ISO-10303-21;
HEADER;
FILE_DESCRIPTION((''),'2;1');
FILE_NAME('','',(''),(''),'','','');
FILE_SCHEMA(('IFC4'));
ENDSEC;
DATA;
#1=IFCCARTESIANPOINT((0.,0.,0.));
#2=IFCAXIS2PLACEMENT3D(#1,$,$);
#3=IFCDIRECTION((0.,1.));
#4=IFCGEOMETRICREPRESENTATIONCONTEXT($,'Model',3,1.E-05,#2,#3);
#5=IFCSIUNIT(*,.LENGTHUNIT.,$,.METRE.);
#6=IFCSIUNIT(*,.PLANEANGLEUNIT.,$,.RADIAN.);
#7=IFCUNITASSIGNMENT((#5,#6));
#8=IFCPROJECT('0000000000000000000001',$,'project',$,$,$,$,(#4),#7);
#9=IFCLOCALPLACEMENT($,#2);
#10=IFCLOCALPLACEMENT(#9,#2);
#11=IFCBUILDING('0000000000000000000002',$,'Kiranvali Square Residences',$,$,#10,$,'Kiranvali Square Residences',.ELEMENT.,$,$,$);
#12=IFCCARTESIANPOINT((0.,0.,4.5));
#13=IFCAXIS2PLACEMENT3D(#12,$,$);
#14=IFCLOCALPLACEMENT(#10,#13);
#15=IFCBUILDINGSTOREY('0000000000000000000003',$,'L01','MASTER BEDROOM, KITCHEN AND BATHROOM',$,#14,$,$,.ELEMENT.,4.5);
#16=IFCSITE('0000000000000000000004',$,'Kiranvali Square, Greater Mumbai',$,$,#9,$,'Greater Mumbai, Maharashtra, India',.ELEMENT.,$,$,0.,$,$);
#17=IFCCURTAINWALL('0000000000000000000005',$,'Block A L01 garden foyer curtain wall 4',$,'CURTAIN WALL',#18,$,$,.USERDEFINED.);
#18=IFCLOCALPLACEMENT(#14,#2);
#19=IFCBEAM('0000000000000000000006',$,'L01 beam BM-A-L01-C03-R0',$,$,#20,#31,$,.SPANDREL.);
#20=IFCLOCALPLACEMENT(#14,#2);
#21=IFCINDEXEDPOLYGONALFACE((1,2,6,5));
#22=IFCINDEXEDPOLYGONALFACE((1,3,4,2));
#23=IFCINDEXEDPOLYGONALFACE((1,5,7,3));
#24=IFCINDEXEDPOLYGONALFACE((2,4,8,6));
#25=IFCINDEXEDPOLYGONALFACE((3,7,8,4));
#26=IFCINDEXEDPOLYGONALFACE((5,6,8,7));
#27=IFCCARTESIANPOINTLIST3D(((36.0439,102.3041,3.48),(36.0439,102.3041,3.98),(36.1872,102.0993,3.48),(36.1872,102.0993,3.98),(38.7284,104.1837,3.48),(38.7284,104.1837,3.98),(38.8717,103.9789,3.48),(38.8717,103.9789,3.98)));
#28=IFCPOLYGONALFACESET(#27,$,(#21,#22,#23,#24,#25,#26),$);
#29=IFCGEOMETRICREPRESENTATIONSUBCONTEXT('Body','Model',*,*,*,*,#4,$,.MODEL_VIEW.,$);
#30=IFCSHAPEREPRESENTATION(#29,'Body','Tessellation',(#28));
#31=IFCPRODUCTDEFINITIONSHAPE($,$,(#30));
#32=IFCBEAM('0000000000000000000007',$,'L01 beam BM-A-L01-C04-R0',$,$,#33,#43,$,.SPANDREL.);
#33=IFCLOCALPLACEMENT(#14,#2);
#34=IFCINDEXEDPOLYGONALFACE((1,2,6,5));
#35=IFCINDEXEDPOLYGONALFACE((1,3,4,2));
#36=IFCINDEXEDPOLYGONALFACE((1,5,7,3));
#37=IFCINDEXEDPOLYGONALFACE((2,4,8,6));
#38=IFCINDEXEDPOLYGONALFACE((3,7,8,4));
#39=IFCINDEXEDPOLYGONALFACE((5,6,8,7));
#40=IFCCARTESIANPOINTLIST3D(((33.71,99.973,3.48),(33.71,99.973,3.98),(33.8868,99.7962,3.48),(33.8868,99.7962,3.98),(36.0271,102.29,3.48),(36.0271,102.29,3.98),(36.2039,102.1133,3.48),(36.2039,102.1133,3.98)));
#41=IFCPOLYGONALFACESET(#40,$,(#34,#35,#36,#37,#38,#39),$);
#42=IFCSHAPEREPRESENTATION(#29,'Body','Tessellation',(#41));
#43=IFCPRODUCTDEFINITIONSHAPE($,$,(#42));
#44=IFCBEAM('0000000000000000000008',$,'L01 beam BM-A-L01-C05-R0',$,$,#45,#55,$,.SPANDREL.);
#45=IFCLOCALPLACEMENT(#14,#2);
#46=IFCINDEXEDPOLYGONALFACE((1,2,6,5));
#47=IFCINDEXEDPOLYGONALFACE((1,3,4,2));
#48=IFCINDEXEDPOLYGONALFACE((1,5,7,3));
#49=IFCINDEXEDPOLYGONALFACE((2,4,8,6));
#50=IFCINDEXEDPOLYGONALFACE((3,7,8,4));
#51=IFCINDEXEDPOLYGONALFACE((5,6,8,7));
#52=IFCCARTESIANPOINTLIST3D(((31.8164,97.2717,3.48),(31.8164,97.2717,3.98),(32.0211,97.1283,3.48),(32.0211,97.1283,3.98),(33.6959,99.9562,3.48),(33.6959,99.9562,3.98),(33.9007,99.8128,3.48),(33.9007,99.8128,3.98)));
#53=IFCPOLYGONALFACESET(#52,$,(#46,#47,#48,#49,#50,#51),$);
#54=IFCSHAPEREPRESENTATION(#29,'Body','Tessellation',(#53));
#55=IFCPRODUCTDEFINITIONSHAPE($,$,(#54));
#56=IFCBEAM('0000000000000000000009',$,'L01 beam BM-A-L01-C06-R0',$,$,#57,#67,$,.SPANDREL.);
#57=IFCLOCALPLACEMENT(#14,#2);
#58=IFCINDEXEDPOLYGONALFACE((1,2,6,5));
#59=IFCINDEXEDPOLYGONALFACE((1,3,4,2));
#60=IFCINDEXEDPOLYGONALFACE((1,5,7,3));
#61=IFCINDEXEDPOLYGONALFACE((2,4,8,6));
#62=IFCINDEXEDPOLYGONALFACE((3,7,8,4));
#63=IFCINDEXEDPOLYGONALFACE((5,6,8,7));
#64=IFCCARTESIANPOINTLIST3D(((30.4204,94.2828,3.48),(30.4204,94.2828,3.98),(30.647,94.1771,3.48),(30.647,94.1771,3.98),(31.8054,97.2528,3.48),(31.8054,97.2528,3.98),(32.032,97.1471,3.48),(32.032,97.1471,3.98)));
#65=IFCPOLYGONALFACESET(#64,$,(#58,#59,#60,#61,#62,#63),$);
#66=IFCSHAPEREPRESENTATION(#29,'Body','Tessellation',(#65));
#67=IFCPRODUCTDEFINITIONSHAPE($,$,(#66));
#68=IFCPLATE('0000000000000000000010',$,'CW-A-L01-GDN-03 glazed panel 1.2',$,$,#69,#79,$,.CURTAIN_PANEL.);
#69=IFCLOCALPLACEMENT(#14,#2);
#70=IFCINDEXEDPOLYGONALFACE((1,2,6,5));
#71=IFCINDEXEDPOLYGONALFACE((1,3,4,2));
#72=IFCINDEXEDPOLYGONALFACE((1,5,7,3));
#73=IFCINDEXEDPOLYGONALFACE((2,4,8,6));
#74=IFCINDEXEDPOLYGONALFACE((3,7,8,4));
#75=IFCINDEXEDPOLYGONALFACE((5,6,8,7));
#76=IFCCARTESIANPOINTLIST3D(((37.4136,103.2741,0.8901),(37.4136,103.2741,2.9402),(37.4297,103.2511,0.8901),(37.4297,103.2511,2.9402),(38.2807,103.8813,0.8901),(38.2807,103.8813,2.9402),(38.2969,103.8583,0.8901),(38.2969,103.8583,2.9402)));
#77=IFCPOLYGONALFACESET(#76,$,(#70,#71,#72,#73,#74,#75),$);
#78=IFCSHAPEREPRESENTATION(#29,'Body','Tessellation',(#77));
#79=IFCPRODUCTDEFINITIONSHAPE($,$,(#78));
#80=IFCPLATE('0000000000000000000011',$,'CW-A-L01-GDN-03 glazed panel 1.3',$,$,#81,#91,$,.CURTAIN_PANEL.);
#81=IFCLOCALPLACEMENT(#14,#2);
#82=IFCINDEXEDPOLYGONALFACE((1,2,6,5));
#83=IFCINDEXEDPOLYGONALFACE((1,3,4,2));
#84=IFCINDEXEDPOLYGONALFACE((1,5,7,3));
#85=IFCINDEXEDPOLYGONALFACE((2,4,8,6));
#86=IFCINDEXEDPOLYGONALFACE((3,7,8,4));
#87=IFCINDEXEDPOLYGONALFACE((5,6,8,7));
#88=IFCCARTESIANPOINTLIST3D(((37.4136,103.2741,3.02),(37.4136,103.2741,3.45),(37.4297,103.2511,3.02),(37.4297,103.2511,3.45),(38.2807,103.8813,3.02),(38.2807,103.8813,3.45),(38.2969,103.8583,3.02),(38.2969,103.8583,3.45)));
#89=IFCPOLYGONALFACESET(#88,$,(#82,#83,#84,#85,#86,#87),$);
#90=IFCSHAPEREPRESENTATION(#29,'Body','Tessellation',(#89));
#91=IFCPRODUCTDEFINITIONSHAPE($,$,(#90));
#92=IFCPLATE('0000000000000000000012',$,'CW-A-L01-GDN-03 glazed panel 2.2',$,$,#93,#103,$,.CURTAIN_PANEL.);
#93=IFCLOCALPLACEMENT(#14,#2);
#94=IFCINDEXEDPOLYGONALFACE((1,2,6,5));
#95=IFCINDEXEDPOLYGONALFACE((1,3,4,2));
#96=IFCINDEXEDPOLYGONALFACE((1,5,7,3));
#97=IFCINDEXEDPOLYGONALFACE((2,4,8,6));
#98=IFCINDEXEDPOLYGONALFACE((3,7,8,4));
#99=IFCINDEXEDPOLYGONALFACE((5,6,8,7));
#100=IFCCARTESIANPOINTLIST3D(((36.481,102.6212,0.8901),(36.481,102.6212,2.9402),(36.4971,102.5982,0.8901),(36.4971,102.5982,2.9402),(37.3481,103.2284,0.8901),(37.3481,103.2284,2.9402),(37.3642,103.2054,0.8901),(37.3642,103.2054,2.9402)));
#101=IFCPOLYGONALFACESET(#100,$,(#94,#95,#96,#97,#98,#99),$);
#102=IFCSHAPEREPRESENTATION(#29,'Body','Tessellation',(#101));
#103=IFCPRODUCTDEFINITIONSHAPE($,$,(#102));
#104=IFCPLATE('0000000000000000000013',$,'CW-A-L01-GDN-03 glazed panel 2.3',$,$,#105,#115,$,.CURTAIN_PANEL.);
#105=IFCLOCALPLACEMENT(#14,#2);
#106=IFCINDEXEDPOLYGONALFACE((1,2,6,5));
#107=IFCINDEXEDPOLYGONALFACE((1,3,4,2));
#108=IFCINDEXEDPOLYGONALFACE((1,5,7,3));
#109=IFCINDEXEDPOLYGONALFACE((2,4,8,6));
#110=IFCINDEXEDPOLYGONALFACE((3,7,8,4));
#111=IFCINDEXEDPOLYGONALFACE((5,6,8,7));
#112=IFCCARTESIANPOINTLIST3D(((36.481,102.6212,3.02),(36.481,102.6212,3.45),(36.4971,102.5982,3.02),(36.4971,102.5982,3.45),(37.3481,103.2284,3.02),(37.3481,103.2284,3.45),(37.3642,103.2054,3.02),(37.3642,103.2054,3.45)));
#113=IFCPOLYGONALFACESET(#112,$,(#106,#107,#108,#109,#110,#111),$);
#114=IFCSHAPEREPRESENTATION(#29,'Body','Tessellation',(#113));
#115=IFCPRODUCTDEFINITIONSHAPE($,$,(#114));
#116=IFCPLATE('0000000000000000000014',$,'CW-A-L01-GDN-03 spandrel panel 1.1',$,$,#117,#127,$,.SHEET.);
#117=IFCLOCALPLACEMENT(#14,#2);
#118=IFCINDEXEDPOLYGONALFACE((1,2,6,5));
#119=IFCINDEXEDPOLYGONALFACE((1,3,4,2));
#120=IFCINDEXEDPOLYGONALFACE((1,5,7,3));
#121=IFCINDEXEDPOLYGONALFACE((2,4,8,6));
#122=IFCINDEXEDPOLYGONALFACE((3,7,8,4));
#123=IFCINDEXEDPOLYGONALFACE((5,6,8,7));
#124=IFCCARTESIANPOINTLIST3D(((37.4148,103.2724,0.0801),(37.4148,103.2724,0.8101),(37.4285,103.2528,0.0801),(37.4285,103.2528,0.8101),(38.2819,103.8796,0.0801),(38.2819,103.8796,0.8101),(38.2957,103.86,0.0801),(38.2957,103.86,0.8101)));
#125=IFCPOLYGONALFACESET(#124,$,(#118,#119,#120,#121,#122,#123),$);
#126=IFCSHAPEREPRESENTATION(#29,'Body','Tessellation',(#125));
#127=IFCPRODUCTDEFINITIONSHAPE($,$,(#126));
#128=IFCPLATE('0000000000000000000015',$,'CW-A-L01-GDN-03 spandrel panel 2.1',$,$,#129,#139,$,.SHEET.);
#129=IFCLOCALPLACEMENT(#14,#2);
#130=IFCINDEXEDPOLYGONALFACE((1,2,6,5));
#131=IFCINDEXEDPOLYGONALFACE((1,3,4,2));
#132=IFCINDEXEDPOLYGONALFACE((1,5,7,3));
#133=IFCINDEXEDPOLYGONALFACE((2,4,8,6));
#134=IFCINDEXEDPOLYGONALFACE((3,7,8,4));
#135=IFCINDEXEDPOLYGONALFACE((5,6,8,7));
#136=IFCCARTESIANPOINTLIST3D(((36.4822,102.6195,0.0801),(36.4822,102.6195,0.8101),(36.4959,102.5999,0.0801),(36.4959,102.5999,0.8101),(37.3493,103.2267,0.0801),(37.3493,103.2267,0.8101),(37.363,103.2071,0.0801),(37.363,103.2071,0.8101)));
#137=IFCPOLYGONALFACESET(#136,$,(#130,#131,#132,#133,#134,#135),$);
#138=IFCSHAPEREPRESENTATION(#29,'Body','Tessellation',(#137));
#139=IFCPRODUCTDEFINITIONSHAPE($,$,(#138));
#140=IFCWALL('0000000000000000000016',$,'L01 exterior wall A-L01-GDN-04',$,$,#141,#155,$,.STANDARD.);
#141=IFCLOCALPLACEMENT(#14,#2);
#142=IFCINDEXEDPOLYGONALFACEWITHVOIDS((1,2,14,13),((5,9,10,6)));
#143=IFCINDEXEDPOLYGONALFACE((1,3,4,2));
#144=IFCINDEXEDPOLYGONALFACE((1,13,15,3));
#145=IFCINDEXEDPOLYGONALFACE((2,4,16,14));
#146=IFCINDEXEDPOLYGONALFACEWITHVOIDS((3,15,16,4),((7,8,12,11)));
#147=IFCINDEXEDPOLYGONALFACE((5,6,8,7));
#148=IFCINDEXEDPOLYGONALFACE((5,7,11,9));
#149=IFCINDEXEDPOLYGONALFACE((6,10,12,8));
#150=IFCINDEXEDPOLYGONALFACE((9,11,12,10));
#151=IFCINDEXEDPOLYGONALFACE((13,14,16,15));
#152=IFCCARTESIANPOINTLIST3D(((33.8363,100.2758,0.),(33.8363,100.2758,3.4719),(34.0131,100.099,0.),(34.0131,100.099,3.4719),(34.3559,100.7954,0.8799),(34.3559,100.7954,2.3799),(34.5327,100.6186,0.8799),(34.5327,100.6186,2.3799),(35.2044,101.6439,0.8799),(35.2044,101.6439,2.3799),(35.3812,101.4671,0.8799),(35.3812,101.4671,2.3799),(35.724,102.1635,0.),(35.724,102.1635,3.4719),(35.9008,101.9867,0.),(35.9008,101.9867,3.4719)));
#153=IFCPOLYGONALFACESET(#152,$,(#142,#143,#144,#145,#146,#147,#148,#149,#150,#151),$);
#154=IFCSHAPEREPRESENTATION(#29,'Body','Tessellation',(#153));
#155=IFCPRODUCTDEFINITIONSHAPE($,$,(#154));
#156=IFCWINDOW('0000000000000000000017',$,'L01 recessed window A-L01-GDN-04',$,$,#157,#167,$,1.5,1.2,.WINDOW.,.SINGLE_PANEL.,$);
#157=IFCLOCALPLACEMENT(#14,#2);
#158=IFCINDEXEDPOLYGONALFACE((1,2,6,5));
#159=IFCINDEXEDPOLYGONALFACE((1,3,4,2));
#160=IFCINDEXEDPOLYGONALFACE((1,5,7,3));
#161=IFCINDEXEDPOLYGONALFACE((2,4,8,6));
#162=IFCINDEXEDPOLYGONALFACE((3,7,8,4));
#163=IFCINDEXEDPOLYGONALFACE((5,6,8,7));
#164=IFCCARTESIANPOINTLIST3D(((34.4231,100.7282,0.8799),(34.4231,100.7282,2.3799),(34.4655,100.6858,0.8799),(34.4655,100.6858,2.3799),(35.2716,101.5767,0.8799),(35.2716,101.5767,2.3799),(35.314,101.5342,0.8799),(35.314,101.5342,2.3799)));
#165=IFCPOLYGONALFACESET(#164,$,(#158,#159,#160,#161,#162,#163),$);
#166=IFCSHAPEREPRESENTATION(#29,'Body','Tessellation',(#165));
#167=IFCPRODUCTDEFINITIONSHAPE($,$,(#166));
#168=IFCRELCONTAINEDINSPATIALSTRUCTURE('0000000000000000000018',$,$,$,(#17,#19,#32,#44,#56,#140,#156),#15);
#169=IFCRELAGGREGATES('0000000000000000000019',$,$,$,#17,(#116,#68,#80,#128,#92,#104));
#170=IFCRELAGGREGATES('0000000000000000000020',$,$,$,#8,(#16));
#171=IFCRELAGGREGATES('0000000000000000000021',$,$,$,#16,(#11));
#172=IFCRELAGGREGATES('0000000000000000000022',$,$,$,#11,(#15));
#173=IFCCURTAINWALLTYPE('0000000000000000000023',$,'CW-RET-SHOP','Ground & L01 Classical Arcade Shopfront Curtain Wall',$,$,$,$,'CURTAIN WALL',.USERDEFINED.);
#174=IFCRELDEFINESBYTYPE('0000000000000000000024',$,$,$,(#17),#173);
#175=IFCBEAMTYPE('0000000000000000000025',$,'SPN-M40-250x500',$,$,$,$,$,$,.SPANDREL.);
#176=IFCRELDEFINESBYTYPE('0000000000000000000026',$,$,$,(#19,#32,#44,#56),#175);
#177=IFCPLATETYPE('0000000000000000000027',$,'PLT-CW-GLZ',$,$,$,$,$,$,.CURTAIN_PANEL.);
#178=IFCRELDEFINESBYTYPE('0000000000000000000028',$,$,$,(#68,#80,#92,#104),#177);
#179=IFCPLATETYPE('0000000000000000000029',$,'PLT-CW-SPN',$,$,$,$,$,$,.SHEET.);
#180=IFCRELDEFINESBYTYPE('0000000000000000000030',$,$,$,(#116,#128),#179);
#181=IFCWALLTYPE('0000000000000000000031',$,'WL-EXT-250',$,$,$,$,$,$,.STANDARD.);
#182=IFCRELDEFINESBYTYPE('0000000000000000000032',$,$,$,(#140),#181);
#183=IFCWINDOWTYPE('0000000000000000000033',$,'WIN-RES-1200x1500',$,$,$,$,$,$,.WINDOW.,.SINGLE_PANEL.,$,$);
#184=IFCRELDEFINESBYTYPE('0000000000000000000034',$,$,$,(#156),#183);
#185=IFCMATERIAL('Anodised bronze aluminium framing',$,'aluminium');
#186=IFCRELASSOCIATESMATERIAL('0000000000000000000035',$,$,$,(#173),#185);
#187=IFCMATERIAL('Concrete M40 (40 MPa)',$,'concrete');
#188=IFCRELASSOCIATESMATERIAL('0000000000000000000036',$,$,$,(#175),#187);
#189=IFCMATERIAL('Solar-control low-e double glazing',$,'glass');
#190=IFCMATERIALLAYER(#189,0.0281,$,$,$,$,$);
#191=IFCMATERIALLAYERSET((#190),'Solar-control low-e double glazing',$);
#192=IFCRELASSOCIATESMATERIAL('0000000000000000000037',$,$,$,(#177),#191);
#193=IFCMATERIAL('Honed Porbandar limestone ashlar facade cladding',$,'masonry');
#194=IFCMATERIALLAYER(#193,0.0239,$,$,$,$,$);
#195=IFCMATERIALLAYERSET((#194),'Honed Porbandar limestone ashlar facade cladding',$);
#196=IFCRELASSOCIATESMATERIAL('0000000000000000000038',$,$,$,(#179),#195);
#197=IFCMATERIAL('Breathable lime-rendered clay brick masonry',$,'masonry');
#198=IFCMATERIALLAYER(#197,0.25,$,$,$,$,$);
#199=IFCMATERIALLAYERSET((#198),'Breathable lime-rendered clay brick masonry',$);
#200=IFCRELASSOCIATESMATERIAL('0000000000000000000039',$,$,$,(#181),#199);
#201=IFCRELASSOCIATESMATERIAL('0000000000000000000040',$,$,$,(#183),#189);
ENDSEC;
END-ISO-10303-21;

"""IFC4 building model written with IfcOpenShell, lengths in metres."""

from ifc_helpers import new_model, si_unit, direction, frame, frame_2d, origin, origin_2d, place, context, subcontext, project, spatial, rectangle, extrude, material, layer, layer_set, material_profile, profile_set, type_object, element, fill, aggregate, save


model = new_model("IFC4")

# Units and contexts
model_context = context("Model", 3, precision=1e-05, world=origin(), true_north=direction((0.0, 1.0)))
body_context = subcontext(model_context, "Body", "Model", "MODEL_VIEW")
ifc_project = project(units=[si_unit("LENGTHUNIT", "METRE"), si_unit("PLANEANGLEUNIT", "RADIAN")], contexts=[model_context])

# Site, building, storey
site_placement = place(None, origin())
site = spatial("IfcSite", under=ifc_project, at=site_placement, Name="Kiranvali Square, Greater Mumbai", LongName="Greater Mumbai, Maharashtra, India", CompositionType="ELEMENT", RefElevation=0.0)
building_placement = place(site_placement, origin())
building = spatial("IfcBuilding", under=site, at=building_placement, Name="Kiranvali Square Residences", LongName="Kiranvali Square Residences", CompositionType="ELEMENT")
storey_placement = place(building_placement, frame((0.0, 0.0, 4.5)))
storey = spatial("IfcBuildingStorey", under=building, at=storey_placement, Name="L01", Description="MASTER BEDROOM, KITCHEN AND BATHROOM", CompositionType="ELEMENT", Elevation=4.5)

# Curtain wall
ifc_material_1 = material(Name="Anodised bronze aluminium framing", Category="aluminium")
curtain_wall_type = type_object("IfcCurtainWallType", Name="CW-RET-SHOP", Description="Ground & L01 Classical Arcade Shopfront Curtain Wall", ElementType="CURTAIN WALL", PredefinedType="USERDEFINED", material=ifc_material_1)
curtain_wall_placement = place(storey_placement, origin())
curtain_wall = element("IfcCurtainWall", 1, at=curtain_wall_placement, inside=storey, type_object=curtain_wall_type, Name="Block A L01 garden foyer curtain wall 4", ObjectType="CURTAIN WALL", PredefinedType="USERDEFINED")

# Beams
ifc_material_2 = material(Name="Concrete M40 (40 MPa)", Category="concrete")
ifc_material_profile_1 = material_profile(ifc_material_2, rectangle(XDim=0.25, YDim=0.5, at=origin_2d()), Name="RC 250x500")
ifc_profile_set_1 = profile_set([ifc_material_profile_1], Name="Concrete M40 (40 MPa)")
beam_type_1 = type_object("IfcBeamType", Name="SPN-M40-250x500", PredefinedType="SPANDREL", material=ifc_profile_set_1)
beam_1_placement = place(storey_placement, frame((38.8, 104.0813, 3.73), z_axis=(-0.819169, -0.573552, 0.0), x_axis=(0.573552, -0.819169, 0.0)))
element("IfcBeam", 2, at=beam_1_placement, inside=storey, type_object=beam_type_1, Name="L01 beam BM-A-L01-C03-R0", PredefinedType="SPANDREL", context=body_context, shape_type="SweptSolid", body=[
    extrude(rectangle(XDim=0.25, YDim=0.5, at=origin_2d()), origin(), (0.0, 0.0, 1.0), 3.2771),
])
beam_2_placement = place(storey_placement, frame((36.1155, 102.2017, 3.73), z_axis=(-0.707107, -0.707107, 0.0), x_axis=(0.707107, -0.707107, 0.0)))
element("IfcBeam", 3, at=beam_2_placement, inside=storey, type_object=beam_type_1, Name="L01 beam BM-A-L01-C04-R0", PredefinedType="SPANDREL", context=body_context, shape_type="SweptSolid", body=[
    extrude(rectangle(XDim=0.25, YDim=0.5, at=origin_2d()), origin(), (0.0, 0.0, 1.0), 3.2769),
])
for number, where, z_axis, x_axis, name in (
    (4, (33.7983, 99.8845, 3.73), (-0.573552, -0.819169, 0.0), (0.819169, -0.573552, 0.0), "L01 beam BM-A-L01-C05-R0"),
    (5, (31.9187, 97.2, 3.73), (-0.422641, -0.906297, 0.0), (0.906297, -0.422641, 0.0), "L01 beam BM-A-L01-C06-R0"),
):
    element("IfcBeam", number, at=place(storey_placement, frame(where, z_axis=z_axis, x_axis=x_axis)), inside=storey, type_object=beam_type_1, Name=name, PredefinedType="SPANDREL", context=body_context, shape_type="SweptSolid", body=[
        extrude(rectangle(XDim=0.25, YDim=0.5, at=origin_2d()), origin(), (0.0, 0.0, 1.0), 3.2771),
    ])

# Plates
ifc_material_3 = material(Name="Solar-control low-e double glazing", Category="glass")
ifc_layer_1 = layer(ifc_material_3, 0.0281)
ifc_layer_set_1 = layer_set([ifc_layer_1], Name="Solar-control low-e double glazing")
plate_type_1 = type_object("IfcPlateType", Name="PLT-CW-GLZ", PredefinedType="CURTAIN_PANEL", material=ifc_layer_set_1)
plate_1_placement = place(storey_placement, frame((37.8552, 103.5662, 0.8901), z_axis=(0.0, 0.0, 1.0), x_axis=(-0.819152, -0.573576, 0.0)))
plate_1 = element("IfcPlate", 6, at=plate_1_placement, type_object=plate_type_1, Name="CW-A-L01-GDN-03 glazed panel 1.2", PredefinedType="CURTAIN_PANEL", context=body_context, shape_type="SweptSolid", body=[
    extrude(rectangle(XDim=1.0586, YDim=0.0281, at=origin_2d()), origin(), (0.0, 0.0, 1.0), 2.05),
])
plate_2_placement = place(storey_placement, frame((37.8552, 103.5662, 3.02), z_axis=(0.0, 0.0, 1.0), x_axis=(-0.819152, -0.573576, 0.0)))
plate_2 = element("IfcPlate", 7, at=plate_2_placement, type_object=plate_type_1, Name="CW-A-L01-GDN-03 glazed panel 1.3", PredefinedType="CURTAIN_PANEL", context=body_context, shape_type="SweptSolid", body=[
    extrude(rectangle(XDim=1.0586, YDim=0.0281, at=origin_2d()), origin(), (0.0, 0.0, 1.0), 0.4299),
])
plate_3_placement = place(storey_placement, frame((36.9226, 102.9133, 0.8901), z_axis=(0.0, 0.0, 1.0), x_axis=(-0.819152, -0.573576, 0.0)))
plate_3 = element("IfcPlate", 8, at=plate_3_placement, type_object=plate_type_1, Name="CW-A-L01-GDN-03 glazed panel 2.2", PredefinedType="CURTAIN_PANEL", context=body_context, shape_type="SweptSolid", body=[
    extrude(rectangle(XDim=1.0586, YDim=0.0281, at=origin_2d()), origin(), (0.0, 0.0, 1.0), 2.05),
])
plate_4_placement = place(storey_placement, frame((36.9226, 102.9133, 3.02), z_axis=(0.0, 0.0, 1.0), x_axis=(-0.819152, -0.573576, 0.0)))
plate_4 = element("IfcPlate", 9, at=plate_4_placement, type_object=plate_type_1, Name="CW-A-L01-GDN-03 glazed panel 2.3", PredefinedType="CURTAIN_PANEL", context=body_context, shape_type="SweptSolid", body=[
    extrude(rectangle(XDim=1.0586, YDim=0.0281, at=origin_2d()), origin(), (0.0, 0.0, 1.0), 0.4299),
])
ifc_material_4 = material(Name="Honed Porbandar limestone ashlar facade cladding", Category="masonry")
ifc_layer_2 = layer(ifc_material_4, 0.0239)
ifc_layer_set_2 = layer_set([ifc_layer_2], Name="Honed Porbandar limestone ashlar facade cladding")
plate_type_2 = type_object("IfcPlateType", Name="PLT-CW-SPN", PredefinedType="SHEET", material=ifc_layer_set_2)
plate_5_placement = place(storey_placement, frame((37.8552, 103.5662, 0.0801), z_axis=(0.0, 0.0, 1.0), x_axis=(-0.819152, -0.573576, 0.0)))
plate_5 = element("IfcPlate", 10, at=plate_5_placement, type_object=plate_type_2, Name="CW-A-L01-GDN-03 spandrel panel 1.1", PredefinedType="SHEET", context=body_context, shape_type="SweptSolid", body=[
    extrude(rectangle(XDim=1.0586, YDim=0.0239, at=origin_2d()), origin(), (0.0, 0.0, 1.0), 0.73),
])
plate_6_placement = place(storey_placement, frame((36.9226, 102.9133, 0.0801), z_axis=(0.0, 0.0, 1.0), x_axis=(-0.819152, -0.573576, 0.0)))
plate_6 = element("IfcPlate", 11, at=plate_6_placement, type_object=plate_type_2, Name="CW-A-L01-GDN-03 spandrel panel 2.1", PredefinedType="SHEET", context=body_context, shape_type="SweptSolid", body=[
    extrude(rectangle(XDim=1.0586, YDim=0.0239, at=origin_2d()), origin(), (0.0, 0.0, 1.0), 0.73),
])
aggregate(curtain_wall, [plate_5, plate_1, plate_2, plate_6, plate_3, plate_4])

# Wall, opening, window
ifc_material_5 = material(Name="Breathable lime-rendered clay brick masonry", Category="masonry")
ifc_layer_3 = layer(ifc_material_5, 0.25)
ifc_layer_set_3 = layer_set([ifc_layer_3], Name="Breathable lime-rendered clay brick masonry")
wall_type_1 = type_object("IfcWallType", Name="WL-EXT-250", PredefinedType="STANDARD", material=ifc_layer_set_3)
wall_1_placement = place(storey_placement, frame((35.8125, 102.0752, 0.0), z_axis=(0.0, 0.0, 1.0), x_axis=(-0.707107, -0.707107, 0.0)))
wall_1 = element("IfcWall", 12, at=wall_1_placement, inside=storey, type_object=wall_type_1, Name="L01 exterior wall A-L01-GDN-04", PredefinedType="STANDARD", context=body_context, shape_type="SweptSolid", body=[
    extrude(rectangle(XDim=2.6697, YDim=0.25, at=frame_2d((1.335, 0.0))), origin(), (0.0, 0.0, 1.0), 3.4719),
])
opening_1_placement = place(wall_1_placement, frame((0.7349, 0.0, 0.8799)))
opening_1 = element("IfcOpeningElement", 13, at=opening_1_placement, cuts=wall_1, PredefinedType="OPENING", context=body_context, shape_type="SweptSolid", body=[
    extrude(rectangle(XDim=1.2, YDim=1.5, at=frame_2d((0.6001, 0.75))), frame((0.0, 0.135, 0.0), z_axis=(0.0, -1.0, 0.0), x_axis=(1.0, 0.0, 0.0)), (0.0, 0.0, 1.0), 0.27),
])
window_type_1 = type_object("IfcWindowType", Name="WIN-RES-1200x1500", PartitioningType="SINGLE_PANEL", PredefinedType="WINDOW", material=ifc_material_3)
window_1_placement = place(opening_1_placement, origin())
window_1 = element("IfcWindow", 14, at=window_1_placement, inside=storey, type_object=window_type_1, Name="L01 recessed window A-L01-GDN-04", OverallHeight=1.5, OverallWidth=1.2, PartitioningType="SINGLE_PANEL", PredefinedType="WINDOW", context=body_context, shape_type="SweptSolid", body=[
    extrude(rectangle(XDim=1.2, YDim=1.5, at=frame_2d((0.6001, 0.75))), frame((0.0, 0.03, 0.0), z_axis=(0.0, -1.0, 0.0), x_axis=(1.0, 0.0, 0.0)), (0.0, 0.0, 1.0), 0.0601),
])
fill(opening_1, window_1)

save(model, "model.ifc")
